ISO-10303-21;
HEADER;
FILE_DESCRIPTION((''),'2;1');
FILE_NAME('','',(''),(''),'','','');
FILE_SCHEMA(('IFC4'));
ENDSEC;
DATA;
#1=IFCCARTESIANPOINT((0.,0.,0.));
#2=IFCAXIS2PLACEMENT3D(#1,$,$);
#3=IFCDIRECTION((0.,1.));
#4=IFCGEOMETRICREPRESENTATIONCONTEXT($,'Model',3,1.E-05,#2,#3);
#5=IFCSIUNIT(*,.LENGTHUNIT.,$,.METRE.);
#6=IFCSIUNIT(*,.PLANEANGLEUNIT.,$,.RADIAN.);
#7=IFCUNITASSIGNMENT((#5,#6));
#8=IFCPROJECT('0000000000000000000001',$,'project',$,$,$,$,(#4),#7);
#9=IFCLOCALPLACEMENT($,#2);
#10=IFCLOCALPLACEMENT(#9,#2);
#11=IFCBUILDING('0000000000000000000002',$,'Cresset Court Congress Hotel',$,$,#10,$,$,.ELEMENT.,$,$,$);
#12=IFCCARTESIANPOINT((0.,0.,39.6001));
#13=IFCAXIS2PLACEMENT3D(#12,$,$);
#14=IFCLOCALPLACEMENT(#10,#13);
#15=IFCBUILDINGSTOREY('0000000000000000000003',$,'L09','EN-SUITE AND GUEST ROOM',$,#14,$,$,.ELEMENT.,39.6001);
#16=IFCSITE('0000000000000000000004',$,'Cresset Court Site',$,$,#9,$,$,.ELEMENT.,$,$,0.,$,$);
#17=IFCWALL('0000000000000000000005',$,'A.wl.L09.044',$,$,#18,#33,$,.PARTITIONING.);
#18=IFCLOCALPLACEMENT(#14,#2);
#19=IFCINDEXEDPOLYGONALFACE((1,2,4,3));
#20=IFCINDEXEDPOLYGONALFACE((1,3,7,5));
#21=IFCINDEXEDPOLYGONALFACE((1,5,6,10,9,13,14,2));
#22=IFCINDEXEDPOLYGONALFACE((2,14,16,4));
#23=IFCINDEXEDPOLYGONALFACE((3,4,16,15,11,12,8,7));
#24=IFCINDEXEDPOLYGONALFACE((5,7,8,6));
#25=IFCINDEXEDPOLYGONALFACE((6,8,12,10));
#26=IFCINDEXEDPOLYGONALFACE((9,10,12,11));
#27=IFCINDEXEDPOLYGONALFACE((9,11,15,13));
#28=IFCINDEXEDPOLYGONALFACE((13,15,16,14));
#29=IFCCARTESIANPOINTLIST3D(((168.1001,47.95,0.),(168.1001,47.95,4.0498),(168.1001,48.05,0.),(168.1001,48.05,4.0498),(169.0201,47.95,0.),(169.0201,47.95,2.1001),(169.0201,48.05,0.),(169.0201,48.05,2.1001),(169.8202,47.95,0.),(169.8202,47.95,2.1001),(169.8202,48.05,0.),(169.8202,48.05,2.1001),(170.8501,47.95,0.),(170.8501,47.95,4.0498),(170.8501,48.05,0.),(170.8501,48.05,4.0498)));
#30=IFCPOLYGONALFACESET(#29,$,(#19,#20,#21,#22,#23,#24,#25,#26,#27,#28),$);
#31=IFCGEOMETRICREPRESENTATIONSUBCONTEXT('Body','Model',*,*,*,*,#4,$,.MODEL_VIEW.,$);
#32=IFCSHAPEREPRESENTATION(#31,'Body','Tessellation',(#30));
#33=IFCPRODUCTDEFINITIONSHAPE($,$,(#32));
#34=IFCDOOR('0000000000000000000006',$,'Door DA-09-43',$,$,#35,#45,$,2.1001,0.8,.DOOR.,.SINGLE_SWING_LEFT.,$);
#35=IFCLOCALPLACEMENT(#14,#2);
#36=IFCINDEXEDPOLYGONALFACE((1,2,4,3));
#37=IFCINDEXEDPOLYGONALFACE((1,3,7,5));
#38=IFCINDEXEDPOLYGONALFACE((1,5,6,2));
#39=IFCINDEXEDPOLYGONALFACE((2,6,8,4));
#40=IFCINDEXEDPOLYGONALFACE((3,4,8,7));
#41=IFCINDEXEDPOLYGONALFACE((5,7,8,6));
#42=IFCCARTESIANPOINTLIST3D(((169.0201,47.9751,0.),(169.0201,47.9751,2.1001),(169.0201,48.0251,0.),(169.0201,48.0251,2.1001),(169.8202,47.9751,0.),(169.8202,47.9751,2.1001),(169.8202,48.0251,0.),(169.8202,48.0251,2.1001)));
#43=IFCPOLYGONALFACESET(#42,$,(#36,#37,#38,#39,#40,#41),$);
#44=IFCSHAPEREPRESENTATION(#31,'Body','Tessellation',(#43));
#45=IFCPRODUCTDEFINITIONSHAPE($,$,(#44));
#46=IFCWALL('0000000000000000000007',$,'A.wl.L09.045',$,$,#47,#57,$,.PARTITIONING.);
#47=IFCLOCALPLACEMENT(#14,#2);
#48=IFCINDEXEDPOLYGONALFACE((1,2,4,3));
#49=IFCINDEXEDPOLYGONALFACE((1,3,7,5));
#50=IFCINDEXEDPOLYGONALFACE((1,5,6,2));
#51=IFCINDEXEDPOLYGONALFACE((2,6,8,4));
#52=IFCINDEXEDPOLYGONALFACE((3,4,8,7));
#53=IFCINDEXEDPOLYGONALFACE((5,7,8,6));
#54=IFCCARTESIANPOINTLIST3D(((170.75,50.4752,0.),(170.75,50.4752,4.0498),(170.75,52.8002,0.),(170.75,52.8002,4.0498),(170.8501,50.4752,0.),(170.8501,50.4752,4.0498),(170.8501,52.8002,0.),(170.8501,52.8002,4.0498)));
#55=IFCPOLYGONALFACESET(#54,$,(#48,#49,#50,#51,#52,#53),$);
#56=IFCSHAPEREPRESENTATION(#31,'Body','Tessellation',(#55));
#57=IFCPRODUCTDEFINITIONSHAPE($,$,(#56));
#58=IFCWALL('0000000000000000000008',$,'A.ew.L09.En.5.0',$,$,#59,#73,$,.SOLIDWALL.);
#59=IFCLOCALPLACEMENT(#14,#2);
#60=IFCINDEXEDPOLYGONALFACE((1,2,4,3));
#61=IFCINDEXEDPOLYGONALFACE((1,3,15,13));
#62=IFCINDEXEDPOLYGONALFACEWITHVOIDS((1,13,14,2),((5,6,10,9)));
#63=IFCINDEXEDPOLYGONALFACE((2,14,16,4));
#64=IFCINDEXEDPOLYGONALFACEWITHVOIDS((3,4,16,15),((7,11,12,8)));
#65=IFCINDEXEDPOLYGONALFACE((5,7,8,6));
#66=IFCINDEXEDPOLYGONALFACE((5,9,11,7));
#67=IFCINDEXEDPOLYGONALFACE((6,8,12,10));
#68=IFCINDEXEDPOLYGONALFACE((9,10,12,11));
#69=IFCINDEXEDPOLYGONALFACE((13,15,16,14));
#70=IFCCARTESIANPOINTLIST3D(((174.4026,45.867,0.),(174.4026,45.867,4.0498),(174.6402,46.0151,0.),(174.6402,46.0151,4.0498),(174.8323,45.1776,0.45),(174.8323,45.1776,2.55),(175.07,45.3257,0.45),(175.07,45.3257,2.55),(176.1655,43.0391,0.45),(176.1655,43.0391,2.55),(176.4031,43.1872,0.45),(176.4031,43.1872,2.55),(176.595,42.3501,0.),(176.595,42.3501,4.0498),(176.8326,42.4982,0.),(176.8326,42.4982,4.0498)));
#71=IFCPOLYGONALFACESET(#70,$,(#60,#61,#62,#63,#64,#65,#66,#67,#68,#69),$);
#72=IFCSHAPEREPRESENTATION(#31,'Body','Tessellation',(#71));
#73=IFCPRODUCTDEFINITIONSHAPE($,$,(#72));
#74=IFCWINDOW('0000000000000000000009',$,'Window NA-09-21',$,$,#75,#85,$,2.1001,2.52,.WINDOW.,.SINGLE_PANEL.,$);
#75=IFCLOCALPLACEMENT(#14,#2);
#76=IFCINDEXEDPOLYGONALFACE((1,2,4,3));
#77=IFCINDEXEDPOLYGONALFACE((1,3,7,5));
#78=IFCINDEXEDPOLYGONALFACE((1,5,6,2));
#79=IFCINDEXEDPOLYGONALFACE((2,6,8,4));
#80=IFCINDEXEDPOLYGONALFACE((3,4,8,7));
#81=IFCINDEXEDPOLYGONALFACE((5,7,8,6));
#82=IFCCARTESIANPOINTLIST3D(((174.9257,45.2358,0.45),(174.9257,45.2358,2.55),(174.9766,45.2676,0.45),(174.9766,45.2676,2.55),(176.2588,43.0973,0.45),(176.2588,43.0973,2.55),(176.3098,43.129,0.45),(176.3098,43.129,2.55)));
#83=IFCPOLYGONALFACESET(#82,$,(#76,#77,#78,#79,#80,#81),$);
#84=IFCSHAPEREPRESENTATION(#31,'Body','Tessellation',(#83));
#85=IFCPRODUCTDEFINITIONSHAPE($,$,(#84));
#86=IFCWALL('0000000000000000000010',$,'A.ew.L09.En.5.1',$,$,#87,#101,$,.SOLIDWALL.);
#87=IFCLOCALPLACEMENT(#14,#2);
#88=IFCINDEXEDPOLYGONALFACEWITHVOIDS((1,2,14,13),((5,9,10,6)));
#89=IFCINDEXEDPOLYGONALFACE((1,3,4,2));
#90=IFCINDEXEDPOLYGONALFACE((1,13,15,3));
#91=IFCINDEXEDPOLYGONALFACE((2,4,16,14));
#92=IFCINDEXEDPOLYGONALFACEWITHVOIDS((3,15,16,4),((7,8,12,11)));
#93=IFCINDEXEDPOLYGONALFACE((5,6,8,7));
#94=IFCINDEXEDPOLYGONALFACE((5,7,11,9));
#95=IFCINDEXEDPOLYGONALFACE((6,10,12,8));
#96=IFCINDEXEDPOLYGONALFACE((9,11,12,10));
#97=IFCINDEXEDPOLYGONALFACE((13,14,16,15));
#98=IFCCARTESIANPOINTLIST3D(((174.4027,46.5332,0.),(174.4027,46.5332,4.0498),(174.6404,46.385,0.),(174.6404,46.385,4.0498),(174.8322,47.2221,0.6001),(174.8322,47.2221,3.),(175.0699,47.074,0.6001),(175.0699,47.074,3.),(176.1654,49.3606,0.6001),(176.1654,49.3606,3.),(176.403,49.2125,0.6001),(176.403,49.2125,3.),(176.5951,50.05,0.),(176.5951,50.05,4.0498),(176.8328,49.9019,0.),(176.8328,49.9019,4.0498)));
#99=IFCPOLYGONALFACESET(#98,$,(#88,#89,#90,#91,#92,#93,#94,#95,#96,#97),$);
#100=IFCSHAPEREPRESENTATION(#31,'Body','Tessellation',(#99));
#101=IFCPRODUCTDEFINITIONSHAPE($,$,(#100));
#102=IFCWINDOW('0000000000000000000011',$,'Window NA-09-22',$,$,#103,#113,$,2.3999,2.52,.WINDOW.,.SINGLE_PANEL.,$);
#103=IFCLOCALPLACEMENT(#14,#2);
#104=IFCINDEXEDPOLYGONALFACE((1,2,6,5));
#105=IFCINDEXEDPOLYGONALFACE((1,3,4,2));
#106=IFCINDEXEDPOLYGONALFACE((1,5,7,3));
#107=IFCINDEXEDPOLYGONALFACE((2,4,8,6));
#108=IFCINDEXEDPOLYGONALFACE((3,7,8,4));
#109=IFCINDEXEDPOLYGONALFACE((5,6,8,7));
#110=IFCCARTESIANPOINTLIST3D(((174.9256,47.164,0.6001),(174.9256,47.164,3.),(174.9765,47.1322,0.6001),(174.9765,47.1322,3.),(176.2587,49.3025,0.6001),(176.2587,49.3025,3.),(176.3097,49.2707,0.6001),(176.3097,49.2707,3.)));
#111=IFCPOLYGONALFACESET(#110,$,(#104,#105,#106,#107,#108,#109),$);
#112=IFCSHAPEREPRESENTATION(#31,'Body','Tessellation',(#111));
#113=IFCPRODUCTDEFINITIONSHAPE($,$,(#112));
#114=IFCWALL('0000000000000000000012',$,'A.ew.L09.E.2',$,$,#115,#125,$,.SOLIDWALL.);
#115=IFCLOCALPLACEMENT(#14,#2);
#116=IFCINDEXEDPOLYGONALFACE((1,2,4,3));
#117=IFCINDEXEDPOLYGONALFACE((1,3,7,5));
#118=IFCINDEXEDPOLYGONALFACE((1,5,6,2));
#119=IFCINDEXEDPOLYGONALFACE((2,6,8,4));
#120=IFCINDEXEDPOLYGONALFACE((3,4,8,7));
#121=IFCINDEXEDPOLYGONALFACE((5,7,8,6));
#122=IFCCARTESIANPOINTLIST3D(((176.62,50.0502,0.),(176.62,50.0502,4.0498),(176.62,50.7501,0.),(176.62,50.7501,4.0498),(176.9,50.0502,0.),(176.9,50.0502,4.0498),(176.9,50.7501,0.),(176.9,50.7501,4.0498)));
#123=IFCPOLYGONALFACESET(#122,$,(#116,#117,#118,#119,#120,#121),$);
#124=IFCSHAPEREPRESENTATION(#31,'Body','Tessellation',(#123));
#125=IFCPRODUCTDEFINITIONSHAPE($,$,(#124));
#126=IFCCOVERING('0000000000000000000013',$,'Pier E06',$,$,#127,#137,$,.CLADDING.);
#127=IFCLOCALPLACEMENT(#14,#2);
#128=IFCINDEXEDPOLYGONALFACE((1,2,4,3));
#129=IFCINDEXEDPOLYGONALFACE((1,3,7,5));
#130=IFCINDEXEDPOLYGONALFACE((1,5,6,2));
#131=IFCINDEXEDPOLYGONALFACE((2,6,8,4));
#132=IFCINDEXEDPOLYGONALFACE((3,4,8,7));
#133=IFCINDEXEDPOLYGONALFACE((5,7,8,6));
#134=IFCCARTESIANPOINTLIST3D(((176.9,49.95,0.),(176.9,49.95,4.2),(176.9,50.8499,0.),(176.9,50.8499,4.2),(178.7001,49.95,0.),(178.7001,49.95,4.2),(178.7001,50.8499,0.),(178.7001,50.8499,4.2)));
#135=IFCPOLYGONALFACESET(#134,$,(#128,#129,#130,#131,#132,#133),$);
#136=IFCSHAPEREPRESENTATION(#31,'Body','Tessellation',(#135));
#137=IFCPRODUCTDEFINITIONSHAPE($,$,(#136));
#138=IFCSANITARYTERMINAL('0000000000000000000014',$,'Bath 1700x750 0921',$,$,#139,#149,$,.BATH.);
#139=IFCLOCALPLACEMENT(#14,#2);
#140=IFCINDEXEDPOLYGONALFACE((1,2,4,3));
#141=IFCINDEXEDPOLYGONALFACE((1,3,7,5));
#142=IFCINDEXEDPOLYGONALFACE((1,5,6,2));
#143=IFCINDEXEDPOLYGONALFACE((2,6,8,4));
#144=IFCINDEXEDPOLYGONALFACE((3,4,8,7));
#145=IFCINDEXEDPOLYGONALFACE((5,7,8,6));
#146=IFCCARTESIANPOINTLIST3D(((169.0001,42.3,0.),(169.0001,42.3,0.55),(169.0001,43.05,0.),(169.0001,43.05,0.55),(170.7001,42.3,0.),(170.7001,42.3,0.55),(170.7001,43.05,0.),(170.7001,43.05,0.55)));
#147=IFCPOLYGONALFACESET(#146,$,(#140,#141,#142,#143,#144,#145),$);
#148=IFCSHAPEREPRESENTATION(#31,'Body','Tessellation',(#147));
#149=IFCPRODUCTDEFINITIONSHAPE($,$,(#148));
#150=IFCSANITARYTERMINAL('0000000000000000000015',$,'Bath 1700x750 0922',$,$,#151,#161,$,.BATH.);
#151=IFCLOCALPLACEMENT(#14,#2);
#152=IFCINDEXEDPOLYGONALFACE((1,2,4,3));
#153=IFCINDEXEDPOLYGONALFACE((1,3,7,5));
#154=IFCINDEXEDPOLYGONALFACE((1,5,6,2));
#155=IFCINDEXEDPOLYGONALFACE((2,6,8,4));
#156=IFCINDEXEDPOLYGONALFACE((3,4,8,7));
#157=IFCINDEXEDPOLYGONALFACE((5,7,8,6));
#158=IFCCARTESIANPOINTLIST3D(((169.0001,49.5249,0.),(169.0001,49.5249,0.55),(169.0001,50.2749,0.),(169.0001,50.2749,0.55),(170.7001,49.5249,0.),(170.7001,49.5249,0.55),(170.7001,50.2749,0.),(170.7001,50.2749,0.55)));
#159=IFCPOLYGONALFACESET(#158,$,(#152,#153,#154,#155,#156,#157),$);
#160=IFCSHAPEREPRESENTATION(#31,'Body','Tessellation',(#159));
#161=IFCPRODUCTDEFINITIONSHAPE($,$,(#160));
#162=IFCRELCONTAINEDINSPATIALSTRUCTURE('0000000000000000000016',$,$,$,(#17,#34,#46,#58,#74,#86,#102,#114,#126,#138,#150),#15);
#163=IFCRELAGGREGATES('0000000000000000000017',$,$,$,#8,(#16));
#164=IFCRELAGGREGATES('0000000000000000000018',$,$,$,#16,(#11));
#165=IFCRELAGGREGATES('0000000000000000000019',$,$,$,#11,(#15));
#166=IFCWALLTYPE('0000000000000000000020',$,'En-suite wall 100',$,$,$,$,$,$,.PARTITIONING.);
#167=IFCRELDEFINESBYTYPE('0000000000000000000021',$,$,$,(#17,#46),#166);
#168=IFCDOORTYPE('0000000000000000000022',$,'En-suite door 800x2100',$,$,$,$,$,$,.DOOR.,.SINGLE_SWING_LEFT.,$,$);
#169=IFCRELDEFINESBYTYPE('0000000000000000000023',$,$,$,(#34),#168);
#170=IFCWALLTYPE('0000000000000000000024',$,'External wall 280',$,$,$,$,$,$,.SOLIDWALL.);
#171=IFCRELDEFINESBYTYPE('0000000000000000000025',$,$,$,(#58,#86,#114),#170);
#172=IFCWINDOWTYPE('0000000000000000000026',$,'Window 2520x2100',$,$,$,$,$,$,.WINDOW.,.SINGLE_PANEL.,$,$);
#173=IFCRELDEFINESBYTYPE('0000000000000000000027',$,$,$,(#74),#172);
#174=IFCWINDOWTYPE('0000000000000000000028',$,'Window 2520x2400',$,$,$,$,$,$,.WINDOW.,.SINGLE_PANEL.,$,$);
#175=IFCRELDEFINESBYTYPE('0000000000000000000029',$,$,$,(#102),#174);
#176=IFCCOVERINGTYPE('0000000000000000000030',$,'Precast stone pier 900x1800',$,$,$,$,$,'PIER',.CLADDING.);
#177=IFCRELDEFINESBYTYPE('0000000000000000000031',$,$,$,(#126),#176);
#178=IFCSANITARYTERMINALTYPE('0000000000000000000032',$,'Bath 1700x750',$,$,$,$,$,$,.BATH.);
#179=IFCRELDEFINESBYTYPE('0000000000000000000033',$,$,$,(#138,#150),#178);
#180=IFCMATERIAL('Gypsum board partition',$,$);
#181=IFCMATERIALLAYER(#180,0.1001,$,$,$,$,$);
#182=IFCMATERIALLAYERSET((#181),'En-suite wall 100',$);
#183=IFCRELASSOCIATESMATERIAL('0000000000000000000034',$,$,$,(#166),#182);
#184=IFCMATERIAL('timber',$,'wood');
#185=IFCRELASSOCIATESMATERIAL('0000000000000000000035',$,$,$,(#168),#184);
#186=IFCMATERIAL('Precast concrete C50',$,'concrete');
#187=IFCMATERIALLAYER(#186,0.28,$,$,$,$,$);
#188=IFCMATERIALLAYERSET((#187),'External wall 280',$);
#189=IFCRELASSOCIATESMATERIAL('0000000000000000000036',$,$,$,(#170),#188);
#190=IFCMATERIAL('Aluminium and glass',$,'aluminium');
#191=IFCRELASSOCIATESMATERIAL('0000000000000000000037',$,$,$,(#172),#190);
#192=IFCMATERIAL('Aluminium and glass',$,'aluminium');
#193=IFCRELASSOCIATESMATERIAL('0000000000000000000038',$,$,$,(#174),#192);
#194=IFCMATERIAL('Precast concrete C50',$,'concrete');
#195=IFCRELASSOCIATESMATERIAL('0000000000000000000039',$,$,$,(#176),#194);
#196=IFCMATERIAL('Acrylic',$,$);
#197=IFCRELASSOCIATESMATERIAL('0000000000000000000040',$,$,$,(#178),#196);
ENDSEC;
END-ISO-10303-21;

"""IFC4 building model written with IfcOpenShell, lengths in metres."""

from ifc_helpers import new_model, si_unit, direction, frame, frame_2d, origin, origin_2d, place, context, subcontext, project, spatial, rectangle, extrude, material, layer, layer_set, type_object, element, fill, save


model = new_model("IFC4")

# Units and contexts
model_context = context("Model", 3, precision=1e-05, world=origin(), true_north=direction((0.0, 1.0)))
body_context = subcontext(model_context, "Body", "Model", "MODEL_VIEW")
ifc_project = project(units=[si_unit("LENGTHUNIT", "METRE"), si_unit("PLANEANGLEUNIT", "RADIAN")], contexts=[model_context])

# Site, building, storey
site_placement = place(None, origin())
site = spatial("IfcSite", under=ifc_project, at=site_placement, Name="Cresset Court Site", CompositionType="ELEMENT", RefElevation=0.0)
building_placement = place(site_placement, origin())
building = spatial("IfcBuilding", under=site, at=building_placement, Name="Cresset Court Congress Hotel", CompositionType="ELEMENT")
storey_placement = place(building_placement, frame((0.0, 0.0, 39.6001)))
storey = spatial("IfcBuildingStorey", under=building, at=storey_placement, Name="L09", Description="EN-SUITE AND GUEST ROOM", CompositionType="ELEMENT", Elevation=39.6001)

# Shared definitions
ifc_material_1 = material(Name="Gypsum board partition")
ifc_layer_1 = layer(ifc_material_1, 0.1001)
ifc_layer_set_1 = layer_set([ifc_layer_1], Name="En-suite wall 100")
wall_type_1 = type_object("IfcWallType", Name="En-suite wall 100", PredefinedType="PARTITIONING", material=ifc_layer_set_1)

# Wall, opening, door
wall_1_placement = place(storey_placement, frame((170.8501, 48.0, 0.0), z_axis=(0.0, 0.0, 1.0), x_axis=(-1.0, 0.0, 0.0)))
wall_1 = element("IfcWall", 1, at=wall_1_placement, inside=storey, type_object=wall_type_1, Name="A.wl.L09.044", PredefinedType="PARTITIONING", context=body_context, shape_type="SweptSolid", body=[
    extrude(rectangle(XDim=2.75, YDim=0.1001, at=frame_2d((1.375, 0.0))), origin(), (0.0, 0.0, 1.0), 4.0498),
])
opening_1_placement = place(wall_1_placement, frame((1.03, 0.0, 0.0)))
opening_1 = element("IfcOpeningElement", 2, at=opening_1_placement, cuts=wall_1, PredefinedType="OPENING", context=body_context, shape_type="SweptSolid", body=[
    extrude(rectangle(XDim=0.8, YDim=2.1001, at=frame_2d((0.3999, 1.05))), frame((0.0, 0.0601, 0.0), z_axis=(0.0, -1.0, 0.0), x_axis=(1.0, 0.0, 0.0)), (0.0, 0.0, 1.0), 0.1201),
])
ifc_material_2 = material(Name="timber", Category="wood")
door_type_1 = type_object("IfcDoorType", Name="En-suite door 800x2100", OperationType="SINGLE_SWING_LEFT", PredefinedType="DOOR", material=ifc_material_2)
door_1_placement = place(opening_1_placement, origin())
door_1 = element("IfcDoor", 3, at=door_1_placement, inside=storey, type_object=door_type_1, Name="Door DA-09-43", OperationType="SINGLE_SWING_LEFT", OverallHeight=2.1001, OverallWidth=0.8, PredefinedType="DOOR", context=body_context, shape_type="SweptSolid", body=[
    extrude(rectangle(XDim=0.8, YDim=2.1001, at=frame_2d((0.3999, 1.05))), frame((0.0, 0.0249, 0.0), z_axis=(0.0, -1.0, 0.0), x_axis=(1.0, 0.0, 0.0)), (0.0, 0.0, 1.0), 0.05),
])
fill(opening_1, door_1)

# Wall
wall_2_placement = place(storey_placement, frame((170.8, 50.4751, 0.0), z_axis=(0.0, 0.0, 1.0), x_axis=(0.0, 1.0, 0.0)))
element("IfcWall", 4, at=wall_2_placement, inside=storey, type_object=wall_type_1, Name="A.wl.L09.045", PredefinedType="PARTITIONING", context=body_context, shape_type="SweptSolid", body=[
    extrude(rectangle(XDim=2.325, YDim=0.1001, at=frame_2d((1.1626, 0.0))), origin(), (0.0, 0.0, 1.0), 4.0498),
])

# Walls, openings, windows
ifc_material_3 = material(Name="Precast concrete C50", Category="concrete")
ifc_layer_2 = layer(ifc_material_3, 0.28)
ifc_layer_set_2 = layer_set([ifc_layer_2], Name="External wall 280")
wall_type_2 = type_object("IfcWallType", Name="External wall 280", PredefinedType="SOLIDWALL", material=ifc_layer_set_2)
wall_3_placement = place(storey_placement, frame((176.7139, 42.4241, 0.0), z_axis=(0.0, 0.0, 1.0), x_axis=(-0.529019, 0.84861, 0.0)))
wall_3 = element("IfcWall", 5, at=wall_3_placement, inside=storey, type_object=wall_type_2, Name="A.ew.L09.En.5.0", PredefinedType="SOLIDWALL", context=body_context, shape_type="SweptSolid", body=[
    extrude(rectangle(XDim=4.1443, YDim=0.28, at=frame_2d((2.0723, 0.0))), origin(), (0.0, 0.0, 1.0), 4.0498),
])
opening_2_placement = place(wall_3_placement, frame((0.812, 0.0, 0.45)))
opening_2 = element("IfcOpeningElement", 6, at=opening_2_placement, cuts=wall_3, PredefinedType="OPENING", context=body_context, shape_type="SweptSolid", body=[
    extrude(rectangle(XDim=2.52, YDim=2.1001, at=frame_2d((1.26, 1.05))), frame((0.0, 0.1499, 0.0), z_axis=(0.0, -1.0, 0.0), x_axis=(1.0, 0.0, 0.0)), (0.0, 0.0, 1.0), 0.3),
])
ifc_material_4 = material(Name="Aluminium and glass", Category="aluminium")
window_type_1 = type_object("IfcWindowType", Name="Window 2520x2100", PartitioningType="SINGLE_PANEL", PredefinedType="WINDOW", material=ifc_material_4)
window_1_placement = place(opening_2_placement, origin())
window_1 = element("IfcWindow", 7, at=window_1_placement, inside=storey, type_object=window_type_1, Name="Window NA-09-21", OverallHeight=2.1001, OverallWidth=2.52, PartitioningType="SINGLE_PANEL", PredefinedType="WINDOW", context=body_context, shape_type="SweptSolid", body=[
    extrude(rectangle(XDim=2.52, YDim=2.1001, at=frame_2d((1.26, 1.05))), frame((0.0, 0.03, 0.0), z_axis=(0.0, -1.0, 0.0), x_axis=(1.0, 0.0, 0.0)), (0.0, 0.0, 1.0), 0.0601),
])
fill(opening_2, window_1)
wall_4_placement = place(storey_placement, frame((174.5215, 46.459, 0.0), z_axis=(0.0, 0.0, 1.0), x_axis=(0.529019, 0.84861, 0.0)))
wall_4 = element("IfcWall", 8, at=wall_4_placement, inside=storey, type_object=wall_type_2, Name="A.ew.L09.En.5.1", PredefinedType="SOLIDWALL", context=body_context, shape_type="SweptSolid", body=[
    extrude(rectangle(XDim=4.1443, YDim=0.28, at=frame_2d((2.0723, 0.0))), origin(), (0.0, 0.0, 1.0), 4.0498),
])
opening_3_placement = place(wall_4_placement, frame((0.812, 0.0, 0.6001)))
opening_3 = element("IfcOpeningElement", 9, at=opening_3_placement, cuts=wall_4, PredefinedType="OPENING", context=body_context, shape_type="SweptSolid", body=[
    extrude(rectangle(XDim=2.52, YDim=2.3999, at=frame_2d((1.26, 1.2))), frame((0.0, 0.1499, 0.0), z_axis=(0.0, -1.0, 0.0), x_axis=(1.0, 0.0, 0.0)), (0.0, 0.0, 1.0), 0.3),
])
ifc_material_5 = material(Name="Aluminium and glass", Category="aluminium")
window_type_2 = type_object("IfcWindowType", Name="Window 2520x2400", PartitioningType="SINGLE_PANEL", PredefinedType="WINDOW", material=ifc_material_5)
window_2_placement = place(opening_3_placement, origin())
window_2 = element("IfcWindow", 10, at=window_2_placement, inside=storey, type_object=window_type_2, Name="Window NA-09-22", OverallHeight=2.3999, OverallWidth=2.52, PartitioningType="SINGLE_PANEL", PredefinedType="WINDOW", context=body_context, shape_type="SweptSolid", body=[
    extrude(rectangle(XDim=2.52, YDim=2.3999, at=frame_2d((1.26, 1.2))), frame((0.0, 0.03, 0.0), z_axis=(0.0, -1.0, 0.0), x_axis=(1.0, 0.0, 0.0)), (0.0, 0.0, 1.0), 0.0601),
])
fill(opening_3, window_2)

# Wall
wall_5_placement = place(storey_placement, frame((176.76, 50.05, 0.0), z_axis=(0.0, 0.0, 1.0), x_axis=(0.0, 1.0, 0.0)))
element("IfcWall", 11, at=wall_5_placement, inside=storey, type_object=wall_type_2, Name="A.ew.L09.E.2", PredefinedType="SOLIDWALL", context=body_context, shape_type="SweptSolid", body=[
    extrude(rectangle(XDim=0.7, YDim=0.28, at=frame_2d((0.3501, 0.0))), origin(), (0.0, 0.0, 1.0), 4.0498),
])

# Covering
ifc_material_6 = material(Name="Precast concrete C50", Category="concrete")
covering_type = type_object("IfcCoveringType", Name="Precast stone pier 900x1800", ElementType="PIER", PredefinedType="CLADDING", material=ifc_material_6)
covering_placement = place(storey_placement, frame((177.8, 50.3999, 0.0), z_axis=(0.0, 0.0, 1.0), x_axis=(1.0, 0.0, 0.0)))
element("IfcCovering", 12, at=covering_placement, inside=storey, type_object=covering_type, Name="Pier E06", PredefinedType="CLADDING", context=body_context, shape_type="SweptSolid", body=[
    extrude(rectangle(XDim=1.8, YDim=0.8999, at=origin_2d()), origin(), (0.0, 0.0, 1.0), 4.2),
])

# Sanitary terminals
ifc_material_7 = material(Name="Acrylic")
sanitary_terminal_type = type_object("IfcSanitaryTerminalType", Name="Bath 1700x750", PredefinedType="BATH", material=ifc_material_7)
for number, where, z_axis, x_axis, name in (
    (13, (169.8501, 42.675, 0.0), (0.0, 0.0, 1.0), (1.0, 0.0, 0.0), "Bath 1700x750 0921"),
    (14, (169.8501, 49.8999, 0.0), (0.0, 0.0, 1.0), (1.0, 0.0, 0.0), "Bath 1700x750 0922"),
):
    element("IfcSanitaryTerminal", number, at=place(storey_placement, frame(where, z_axis=z_axis, x_axis=x_axis)), inside=storey, type_object=sanitary_terminal_type, Name=name, PredefinedType="BATH", context=body_context, shape_type="SweptSolid", body=[
        extrude(rectangle(XDim=1.7, YDim=0.75, at=origin_2d()), origin(), (0.0, 0.0, 1.0), 0.55),
    ])

save(model, "model.ifc")
